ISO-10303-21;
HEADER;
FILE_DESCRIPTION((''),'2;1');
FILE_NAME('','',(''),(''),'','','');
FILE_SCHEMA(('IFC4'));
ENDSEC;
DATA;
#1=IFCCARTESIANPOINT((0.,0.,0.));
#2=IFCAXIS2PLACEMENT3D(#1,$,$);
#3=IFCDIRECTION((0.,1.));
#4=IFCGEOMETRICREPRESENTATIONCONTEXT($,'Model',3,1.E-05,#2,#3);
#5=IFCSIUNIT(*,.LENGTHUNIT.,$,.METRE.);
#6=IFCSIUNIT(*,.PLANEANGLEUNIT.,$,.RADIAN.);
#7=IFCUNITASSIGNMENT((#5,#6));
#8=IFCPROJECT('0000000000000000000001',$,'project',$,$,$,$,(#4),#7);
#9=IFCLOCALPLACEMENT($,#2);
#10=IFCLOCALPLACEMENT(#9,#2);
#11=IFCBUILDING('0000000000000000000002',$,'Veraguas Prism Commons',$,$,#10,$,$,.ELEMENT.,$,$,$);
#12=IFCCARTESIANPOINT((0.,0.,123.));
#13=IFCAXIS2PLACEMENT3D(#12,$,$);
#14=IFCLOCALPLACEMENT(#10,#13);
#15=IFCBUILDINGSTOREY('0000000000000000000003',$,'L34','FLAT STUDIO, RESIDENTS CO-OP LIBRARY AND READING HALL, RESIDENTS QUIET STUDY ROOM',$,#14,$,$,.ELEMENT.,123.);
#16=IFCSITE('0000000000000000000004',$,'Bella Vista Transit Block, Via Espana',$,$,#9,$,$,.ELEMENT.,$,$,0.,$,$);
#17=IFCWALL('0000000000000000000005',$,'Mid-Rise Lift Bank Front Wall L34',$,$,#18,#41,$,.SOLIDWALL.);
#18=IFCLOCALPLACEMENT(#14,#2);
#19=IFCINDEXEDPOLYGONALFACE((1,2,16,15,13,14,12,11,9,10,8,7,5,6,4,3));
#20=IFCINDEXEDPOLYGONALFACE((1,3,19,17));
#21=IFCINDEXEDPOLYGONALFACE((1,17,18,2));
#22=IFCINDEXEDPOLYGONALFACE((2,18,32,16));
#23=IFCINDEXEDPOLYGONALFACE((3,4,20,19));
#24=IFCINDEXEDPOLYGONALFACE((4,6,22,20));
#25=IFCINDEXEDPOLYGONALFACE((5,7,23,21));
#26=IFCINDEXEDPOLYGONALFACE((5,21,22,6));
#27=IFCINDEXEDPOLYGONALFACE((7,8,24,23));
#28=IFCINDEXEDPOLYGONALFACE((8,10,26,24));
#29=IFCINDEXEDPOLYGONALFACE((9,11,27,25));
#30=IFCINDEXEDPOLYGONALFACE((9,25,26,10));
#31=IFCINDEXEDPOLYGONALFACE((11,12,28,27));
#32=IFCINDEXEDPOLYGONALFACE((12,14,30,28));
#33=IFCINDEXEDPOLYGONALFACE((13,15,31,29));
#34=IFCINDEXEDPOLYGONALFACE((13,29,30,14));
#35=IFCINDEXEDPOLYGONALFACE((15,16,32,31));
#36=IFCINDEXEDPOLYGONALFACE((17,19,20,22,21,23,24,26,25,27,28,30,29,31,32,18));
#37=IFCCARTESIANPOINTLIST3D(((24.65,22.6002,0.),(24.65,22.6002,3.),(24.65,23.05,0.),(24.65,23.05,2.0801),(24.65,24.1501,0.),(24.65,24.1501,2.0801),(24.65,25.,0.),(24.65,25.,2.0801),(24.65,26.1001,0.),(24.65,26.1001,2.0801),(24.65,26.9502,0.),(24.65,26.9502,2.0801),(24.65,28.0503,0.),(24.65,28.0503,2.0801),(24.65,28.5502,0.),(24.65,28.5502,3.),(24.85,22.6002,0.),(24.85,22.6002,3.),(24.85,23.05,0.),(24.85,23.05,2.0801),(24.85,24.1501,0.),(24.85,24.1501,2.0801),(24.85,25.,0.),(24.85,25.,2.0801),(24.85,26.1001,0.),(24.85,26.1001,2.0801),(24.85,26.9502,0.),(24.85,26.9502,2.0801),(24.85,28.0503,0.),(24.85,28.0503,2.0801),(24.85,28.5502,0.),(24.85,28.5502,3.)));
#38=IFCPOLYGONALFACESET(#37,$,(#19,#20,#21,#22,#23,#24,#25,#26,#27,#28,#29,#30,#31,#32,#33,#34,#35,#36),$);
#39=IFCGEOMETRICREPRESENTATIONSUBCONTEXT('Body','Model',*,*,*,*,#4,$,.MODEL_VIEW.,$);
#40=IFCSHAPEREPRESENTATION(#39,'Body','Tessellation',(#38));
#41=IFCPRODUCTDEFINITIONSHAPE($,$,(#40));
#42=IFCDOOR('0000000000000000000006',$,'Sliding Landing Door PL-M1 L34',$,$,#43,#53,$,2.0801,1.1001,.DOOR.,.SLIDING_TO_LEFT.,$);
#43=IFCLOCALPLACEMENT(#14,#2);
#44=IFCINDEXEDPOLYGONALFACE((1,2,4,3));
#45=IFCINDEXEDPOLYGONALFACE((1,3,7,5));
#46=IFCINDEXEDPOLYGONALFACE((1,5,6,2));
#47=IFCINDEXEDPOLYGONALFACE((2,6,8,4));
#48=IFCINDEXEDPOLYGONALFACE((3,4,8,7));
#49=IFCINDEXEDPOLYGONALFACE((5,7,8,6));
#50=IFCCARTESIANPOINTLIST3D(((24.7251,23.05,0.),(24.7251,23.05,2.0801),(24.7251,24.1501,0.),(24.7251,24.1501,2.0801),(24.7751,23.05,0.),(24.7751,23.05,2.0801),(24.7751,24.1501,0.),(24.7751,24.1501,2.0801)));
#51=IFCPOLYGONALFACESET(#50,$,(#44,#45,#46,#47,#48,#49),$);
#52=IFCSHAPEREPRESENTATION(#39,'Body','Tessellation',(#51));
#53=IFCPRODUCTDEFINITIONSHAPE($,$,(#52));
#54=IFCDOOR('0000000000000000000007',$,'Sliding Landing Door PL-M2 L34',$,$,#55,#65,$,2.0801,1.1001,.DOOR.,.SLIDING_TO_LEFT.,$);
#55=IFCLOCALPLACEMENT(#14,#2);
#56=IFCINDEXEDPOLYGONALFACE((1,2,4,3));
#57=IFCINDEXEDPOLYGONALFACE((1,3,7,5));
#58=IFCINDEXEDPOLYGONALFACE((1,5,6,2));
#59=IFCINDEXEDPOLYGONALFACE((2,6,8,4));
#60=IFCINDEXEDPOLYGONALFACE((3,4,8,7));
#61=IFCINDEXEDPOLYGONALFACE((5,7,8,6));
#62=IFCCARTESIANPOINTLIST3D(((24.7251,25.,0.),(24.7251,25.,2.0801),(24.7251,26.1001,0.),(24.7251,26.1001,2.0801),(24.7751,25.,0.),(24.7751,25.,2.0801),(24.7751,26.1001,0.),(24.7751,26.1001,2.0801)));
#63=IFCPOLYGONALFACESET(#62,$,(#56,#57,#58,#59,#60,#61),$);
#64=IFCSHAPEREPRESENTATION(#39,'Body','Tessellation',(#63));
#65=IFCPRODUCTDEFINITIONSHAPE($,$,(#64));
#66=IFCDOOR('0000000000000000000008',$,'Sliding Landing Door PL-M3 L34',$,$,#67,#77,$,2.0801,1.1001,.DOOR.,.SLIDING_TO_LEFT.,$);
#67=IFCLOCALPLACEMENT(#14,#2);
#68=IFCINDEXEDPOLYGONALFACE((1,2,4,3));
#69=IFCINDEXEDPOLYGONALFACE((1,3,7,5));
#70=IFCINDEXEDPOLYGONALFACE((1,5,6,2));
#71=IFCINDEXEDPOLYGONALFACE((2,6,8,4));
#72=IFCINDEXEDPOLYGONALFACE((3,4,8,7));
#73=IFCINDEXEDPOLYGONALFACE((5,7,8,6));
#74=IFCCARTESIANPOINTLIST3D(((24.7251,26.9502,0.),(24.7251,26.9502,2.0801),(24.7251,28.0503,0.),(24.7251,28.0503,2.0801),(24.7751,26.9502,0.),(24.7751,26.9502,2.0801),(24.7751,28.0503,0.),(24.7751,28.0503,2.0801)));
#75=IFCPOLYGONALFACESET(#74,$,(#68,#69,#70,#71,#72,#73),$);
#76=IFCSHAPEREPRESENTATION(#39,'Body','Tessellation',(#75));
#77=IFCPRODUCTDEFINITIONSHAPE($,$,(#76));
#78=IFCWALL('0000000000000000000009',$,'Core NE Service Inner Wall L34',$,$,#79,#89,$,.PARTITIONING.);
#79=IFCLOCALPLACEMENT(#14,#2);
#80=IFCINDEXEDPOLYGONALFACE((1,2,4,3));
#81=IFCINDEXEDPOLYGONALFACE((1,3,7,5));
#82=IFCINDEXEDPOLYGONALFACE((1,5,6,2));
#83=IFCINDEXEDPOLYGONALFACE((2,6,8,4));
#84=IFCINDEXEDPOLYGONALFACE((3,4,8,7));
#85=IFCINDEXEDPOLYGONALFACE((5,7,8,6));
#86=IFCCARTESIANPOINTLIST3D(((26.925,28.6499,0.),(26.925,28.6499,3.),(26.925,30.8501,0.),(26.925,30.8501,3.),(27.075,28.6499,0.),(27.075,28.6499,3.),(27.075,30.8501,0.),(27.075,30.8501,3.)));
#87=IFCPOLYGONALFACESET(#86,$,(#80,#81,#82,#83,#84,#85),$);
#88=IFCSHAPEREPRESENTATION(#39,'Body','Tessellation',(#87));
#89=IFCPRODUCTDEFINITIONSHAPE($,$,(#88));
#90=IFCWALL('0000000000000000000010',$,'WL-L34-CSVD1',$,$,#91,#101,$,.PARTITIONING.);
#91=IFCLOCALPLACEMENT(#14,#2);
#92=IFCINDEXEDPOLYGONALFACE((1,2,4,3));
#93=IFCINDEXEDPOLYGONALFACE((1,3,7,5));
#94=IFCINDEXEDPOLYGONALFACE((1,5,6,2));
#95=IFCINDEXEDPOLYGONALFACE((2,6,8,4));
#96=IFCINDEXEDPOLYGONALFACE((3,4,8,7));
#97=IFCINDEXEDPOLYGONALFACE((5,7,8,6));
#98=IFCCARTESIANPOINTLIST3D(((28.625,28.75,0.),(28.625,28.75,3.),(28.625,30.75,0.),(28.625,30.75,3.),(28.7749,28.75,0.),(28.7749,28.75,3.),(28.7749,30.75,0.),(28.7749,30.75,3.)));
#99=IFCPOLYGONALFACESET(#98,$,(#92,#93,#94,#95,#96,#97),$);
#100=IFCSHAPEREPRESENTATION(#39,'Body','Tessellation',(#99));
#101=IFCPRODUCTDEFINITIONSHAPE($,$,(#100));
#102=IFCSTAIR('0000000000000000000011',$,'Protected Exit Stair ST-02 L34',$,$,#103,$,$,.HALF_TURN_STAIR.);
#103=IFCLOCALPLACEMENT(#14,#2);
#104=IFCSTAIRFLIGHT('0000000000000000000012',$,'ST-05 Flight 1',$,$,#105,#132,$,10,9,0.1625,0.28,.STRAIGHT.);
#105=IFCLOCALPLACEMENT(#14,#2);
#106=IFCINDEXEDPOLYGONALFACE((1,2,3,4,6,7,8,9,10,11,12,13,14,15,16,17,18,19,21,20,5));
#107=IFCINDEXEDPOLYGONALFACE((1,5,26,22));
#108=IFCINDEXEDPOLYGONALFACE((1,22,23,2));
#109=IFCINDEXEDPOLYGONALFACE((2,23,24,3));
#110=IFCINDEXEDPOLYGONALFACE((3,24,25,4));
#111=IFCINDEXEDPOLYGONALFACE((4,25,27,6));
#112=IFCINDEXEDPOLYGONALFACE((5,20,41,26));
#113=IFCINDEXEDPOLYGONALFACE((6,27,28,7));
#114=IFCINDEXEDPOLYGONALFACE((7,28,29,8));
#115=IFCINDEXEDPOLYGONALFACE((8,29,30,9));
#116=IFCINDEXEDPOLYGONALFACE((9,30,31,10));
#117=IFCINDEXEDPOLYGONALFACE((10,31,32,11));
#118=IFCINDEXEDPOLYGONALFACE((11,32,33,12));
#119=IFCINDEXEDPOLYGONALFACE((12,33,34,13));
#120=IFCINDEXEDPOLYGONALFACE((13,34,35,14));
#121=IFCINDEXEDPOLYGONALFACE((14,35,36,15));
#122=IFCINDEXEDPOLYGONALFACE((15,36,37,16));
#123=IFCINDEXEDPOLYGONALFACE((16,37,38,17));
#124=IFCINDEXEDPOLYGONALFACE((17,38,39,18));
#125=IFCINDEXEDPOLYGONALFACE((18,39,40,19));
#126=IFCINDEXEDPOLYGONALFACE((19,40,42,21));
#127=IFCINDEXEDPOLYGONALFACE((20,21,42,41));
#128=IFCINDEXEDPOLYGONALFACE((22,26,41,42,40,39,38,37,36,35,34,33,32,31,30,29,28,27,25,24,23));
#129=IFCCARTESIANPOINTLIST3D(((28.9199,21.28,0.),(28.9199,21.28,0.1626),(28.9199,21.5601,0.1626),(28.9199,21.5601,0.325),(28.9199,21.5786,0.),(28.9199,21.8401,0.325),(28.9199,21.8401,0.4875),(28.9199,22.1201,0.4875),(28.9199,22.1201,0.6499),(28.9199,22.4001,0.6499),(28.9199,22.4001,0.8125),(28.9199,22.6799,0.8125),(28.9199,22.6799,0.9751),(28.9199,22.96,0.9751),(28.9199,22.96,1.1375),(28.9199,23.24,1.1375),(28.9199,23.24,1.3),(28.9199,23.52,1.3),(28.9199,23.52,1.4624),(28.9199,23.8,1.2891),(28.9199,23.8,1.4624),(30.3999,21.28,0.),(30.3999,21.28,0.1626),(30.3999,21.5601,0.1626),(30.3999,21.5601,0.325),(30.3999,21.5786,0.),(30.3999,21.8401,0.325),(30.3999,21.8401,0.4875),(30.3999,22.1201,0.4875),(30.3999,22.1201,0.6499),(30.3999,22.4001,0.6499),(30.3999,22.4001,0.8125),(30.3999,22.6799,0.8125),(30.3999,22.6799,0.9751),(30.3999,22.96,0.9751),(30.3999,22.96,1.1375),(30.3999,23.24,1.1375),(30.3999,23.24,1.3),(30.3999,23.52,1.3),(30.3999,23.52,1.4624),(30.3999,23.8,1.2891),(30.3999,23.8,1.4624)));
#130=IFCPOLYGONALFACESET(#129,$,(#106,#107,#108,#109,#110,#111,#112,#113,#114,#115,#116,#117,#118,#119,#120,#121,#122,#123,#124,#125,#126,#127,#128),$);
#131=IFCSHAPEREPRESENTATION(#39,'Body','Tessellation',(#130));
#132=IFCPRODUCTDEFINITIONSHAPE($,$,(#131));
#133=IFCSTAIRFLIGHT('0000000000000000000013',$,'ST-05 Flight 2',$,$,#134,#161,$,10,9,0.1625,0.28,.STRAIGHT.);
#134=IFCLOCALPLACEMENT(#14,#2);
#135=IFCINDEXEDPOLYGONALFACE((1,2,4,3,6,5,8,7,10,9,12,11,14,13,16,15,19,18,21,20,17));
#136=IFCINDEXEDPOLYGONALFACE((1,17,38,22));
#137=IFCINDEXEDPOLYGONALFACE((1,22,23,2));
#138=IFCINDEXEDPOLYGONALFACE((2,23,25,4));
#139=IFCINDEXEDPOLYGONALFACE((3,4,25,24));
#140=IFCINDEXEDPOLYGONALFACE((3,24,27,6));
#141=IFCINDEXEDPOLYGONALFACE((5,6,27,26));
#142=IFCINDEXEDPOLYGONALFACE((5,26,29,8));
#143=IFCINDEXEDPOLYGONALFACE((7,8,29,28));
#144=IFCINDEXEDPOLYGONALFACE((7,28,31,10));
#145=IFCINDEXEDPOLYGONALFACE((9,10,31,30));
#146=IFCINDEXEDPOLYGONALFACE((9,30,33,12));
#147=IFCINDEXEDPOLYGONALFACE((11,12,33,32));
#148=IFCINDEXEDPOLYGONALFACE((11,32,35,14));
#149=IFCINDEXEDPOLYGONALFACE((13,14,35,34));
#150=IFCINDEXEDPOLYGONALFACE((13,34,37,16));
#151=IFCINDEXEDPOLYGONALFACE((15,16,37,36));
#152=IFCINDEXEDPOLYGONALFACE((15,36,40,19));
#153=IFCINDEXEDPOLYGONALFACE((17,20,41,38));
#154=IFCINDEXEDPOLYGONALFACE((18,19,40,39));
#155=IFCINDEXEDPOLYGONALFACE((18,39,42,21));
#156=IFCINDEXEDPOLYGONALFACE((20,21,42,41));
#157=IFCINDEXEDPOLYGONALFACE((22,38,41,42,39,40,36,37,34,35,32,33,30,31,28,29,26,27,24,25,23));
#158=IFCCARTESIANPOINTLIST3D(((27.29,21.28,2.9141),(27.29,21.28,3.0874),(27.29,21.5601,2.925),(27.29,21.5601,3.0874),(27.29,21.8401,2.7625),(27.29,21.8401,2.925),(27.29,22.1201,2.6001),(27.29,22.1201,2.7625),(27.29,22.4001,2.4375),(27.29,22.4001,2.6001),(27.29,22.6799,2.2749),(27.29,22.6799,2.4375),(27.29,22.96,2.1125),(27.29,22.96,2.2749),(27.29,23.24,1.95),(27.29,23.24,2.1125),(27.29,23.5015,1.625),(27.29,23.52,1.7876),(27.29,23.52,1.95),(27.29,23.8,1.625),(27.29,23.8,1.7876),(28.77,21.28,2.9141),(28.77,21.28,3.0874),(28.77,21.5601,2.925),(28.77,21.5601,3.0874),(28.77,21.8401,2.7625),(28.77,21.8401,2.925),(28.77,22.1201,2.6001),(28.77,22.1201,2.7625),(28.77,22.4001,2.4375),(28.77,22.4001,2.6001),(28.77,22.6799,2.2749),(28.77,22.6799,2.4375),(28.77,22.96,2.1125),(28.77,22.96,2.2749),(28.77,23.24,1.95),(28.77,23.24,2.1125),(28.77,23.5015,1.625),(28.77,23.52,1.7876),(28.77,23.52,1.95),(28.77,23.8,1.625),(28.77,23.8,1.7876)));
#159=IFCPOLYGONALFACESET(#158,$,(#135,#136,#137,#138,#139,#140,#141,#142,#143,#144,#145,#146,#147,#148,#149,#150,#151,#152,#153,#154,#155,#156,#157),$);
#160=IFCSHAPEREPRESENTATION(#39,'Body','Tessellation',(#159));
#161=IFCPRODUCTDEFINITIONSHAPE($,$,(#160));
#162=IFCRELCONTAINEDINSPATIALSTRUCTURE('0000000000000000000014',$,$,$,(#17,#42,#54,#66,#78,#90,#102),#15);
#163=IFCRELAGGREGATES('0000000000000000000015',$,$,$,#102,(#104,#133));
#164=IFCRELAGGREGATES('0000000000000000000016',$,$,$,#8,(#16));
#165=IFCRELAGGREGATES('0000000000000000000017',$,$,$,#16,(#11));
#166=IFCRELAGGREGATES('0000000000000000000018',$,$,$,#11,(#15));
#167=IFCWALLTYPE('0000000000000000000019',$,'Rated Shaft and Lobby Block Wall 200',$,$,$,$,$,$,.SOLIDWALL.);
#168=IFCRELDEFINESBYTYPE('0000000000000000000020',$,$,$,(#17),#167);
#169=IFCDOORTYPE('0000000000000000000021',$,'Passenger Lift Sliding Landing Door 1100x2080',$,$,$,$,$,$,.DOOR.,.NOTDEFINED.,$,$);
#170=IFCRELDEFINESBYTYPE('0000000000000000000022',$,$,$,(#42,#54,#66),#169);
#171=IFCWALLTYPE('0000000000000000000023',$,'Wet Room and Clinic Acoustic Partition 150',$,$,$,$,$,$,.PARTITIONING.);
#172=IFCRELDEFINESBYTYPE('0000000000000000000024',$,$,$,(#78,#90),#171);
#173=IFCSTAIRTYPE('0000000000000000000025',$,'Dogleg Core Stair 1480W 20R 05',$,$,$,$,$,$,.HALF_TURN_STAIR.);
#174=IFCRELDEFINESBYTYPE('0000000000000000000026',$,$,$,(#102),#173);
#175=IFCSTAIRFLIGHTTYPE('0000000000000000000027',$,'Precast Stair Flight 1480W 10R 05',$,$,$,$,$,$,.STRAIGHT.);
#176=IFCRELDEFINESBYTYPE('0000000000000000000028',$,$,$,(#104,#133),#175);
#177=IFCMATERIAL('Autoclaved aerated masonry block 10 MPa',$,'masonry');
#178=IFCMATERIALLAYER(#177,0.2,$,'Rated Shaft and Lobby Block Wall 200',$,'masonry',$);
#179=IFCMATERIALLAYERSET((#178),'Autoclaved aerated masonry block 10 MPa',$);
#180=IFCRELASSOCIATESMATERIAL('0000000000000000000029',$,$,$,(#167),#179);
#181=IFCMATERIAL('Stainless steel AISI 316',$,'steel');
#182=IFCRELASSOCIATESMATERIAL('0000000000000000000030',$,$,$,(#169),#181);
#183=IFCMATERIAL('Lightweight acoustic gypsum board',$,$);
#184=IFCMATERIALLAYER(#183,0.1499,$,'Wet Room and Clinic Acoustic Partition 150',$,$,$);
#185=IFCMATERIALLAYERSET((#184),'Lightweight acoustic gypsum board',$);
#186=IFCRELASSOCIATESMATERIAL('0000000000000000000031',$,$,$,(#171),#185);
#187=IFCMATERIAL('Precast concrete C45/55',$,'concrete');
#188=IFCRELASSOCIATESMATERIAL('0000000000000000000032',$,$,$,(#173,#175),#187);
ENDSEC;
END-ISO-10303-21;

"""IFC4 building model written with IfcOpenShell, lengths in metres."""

from ifc_helpers import new_model, si_unit, direction, frame, frame_2d, origin, place, context, subcontext, project, spatial, polyline, rectangle, outline, extrude, source, transform, mapped, material, layer, layer_set, type_object, element, fill, aggregate, save


model = new_model("IFC4")

# Units and contexts
model_context = context("Model", 3, precision=1e-05, world=origin(), true_north=direction((0.0, 1.0)))
body_context = subcontext(model_context, "Body", "Model", "MODEL_VIEW")
ifc_project = project(units=[si_unit("LENGTHUNIT", "METRE"), si_unit("PLANEANGLEUNIT", "RADIAN")], contexts=[model_context])

# Site, building, storey
site_placement = place(None, origin())
site = spatial("IfcSite", under=ifc_project, at=site_placement, Name="Bella Vista Transit Block, Via Espana", CompositionType="ELEMENT", RefElevation=0.0)
building_placement = place(site_placement, origin())
building = spatial("IfcBuilding", under=site, at=building_placement, Name="Veraguas Prism Commons", CompositionType="ELEMENT")
storey_placement = place(building_placement, frame((0.0, 0.0, 123.0)))
storey = spatial("IfcBuildingStorey", under=building, at=storey_placement, Name="L34", Description="FLAT STUDIO, RESIDENTS CO-OP LIBRARY AND READING HALL, RESIDENTS QUIET STUDY ROOM", CompositionType="ELEMENT", Elevation=123.0)

# Shared definitions
ifc_material_1 = material(Name="Autoclaved aerated masonry block 10 MPa", Category="masonry")

# Shared definitions
ifc_material_2 = material(Name="Lightweight acoustic gypsum board")
ifc_layer_1 = layer(ifc_material_1, 0.2, Name="Rated Shaft and Lobby Block Wall 200", Category="masonry")
ifc_layer_set_1 = layer_set([ifc_layer_1], Name="Autoclaved aerated masonry block 10 MPa")
wall_type_1 = type_object("IfcWallType", Name="Rated Shaft and Lobby Block Wall 200", PredefinedType="SOLIDWALL", material=ifc_layer_set_1)

# Wall, openings, doors
wall_1_placement = place(storey_placement, frame((24.75, 22.6001, 0.0), z_axis=(0.0, 0.0, 1.0), x_axis=(0.0, 1.0, 0.0)))
wall_1 = element("IfcWall", 1, at=wall_1_placement, inside=storey, type_object=wall_type_1, Name="Mid-Rise Lift Bank Front Wall L34", PredefinedType="SOLIDWALL", context=body_context, shape_type="SweptSolid", body=[
    extrude(rectangle(XDim=5.95, YDim=0.2, at=frame_2d((2.9751, 0.0))), origin(), (0.0, 0.0, 1.0), 3.0),
])
opening_1_placement = place(wall_1_placement, frame((0.45, 0.0, 0.0)))
opening_1 = element("IfcOpeningElement", 2, at=opening_1_placement, cuts=wall_1, PredefinedType="OPENING", context=body_context, shape_type="SweptSolid", body=[
    extrude(rectangle(XDim=1.1001, YDim=2.0801, at=frame_2d((0.55, 1.04))), frame((0.0, 0.1099, 0.0), z_axis=(0.0, -1.0, 0.0), x_axis=(1.0, 0.0, 0.0)), (0.0, 0.0, 1.0), 0.22),
])
opening_2_placement = place(wall_1_placement, frame((2.3999, 0.0, 0.0)))
opening_2 = element("IfcOpeningElement", 3, at=opening_2_placement, cuts=wall_1, PredefinedType="OPENING", context=body_context, shape_type="SweptSolid", body=[
    extrude(rectangle(XDim=1.1001, YDim=2.0801, at=frame_2d((0.55, 1.04))), frame((0.0, 0.1099, 0.0), z_axis=(0.0, -1.0, 0.0), x_axis=(1.0, 0.0, 0.0)), (0.0, 0.0, 1.0), 0.22),
])
opening_3_placement = place(wall_1_placement, frame((4.3501, 0.0, 0.0)))
opening_3 = element("IfcOpeningElement", 4, at=opening_3_placement, cuts=wall_1, PredefinedType="OPENING", context=body_context, shape_type="SweptSolid", body=[
    extrude(rectangle(XDim=1.1001, YDim=2.0801, at=frame_2d((0.55, 1.04))), frame((0.0, 0.1099, 0.0), z_axis=(0.0, -1.0, 0.0), x_axis=(1.0, 0.0, 0.0)), (0.0, 0.0, 1.0), 0.22),
])
ifc_material_3 = material(Name="Stainless steel AISI 316", Category="steel")
door_type_1 = type_object("IfcDoorType", Name="Passenger Lift Sliding Landing Door 1100x2080", OperationType="NOTDEFINED", PredefinedType="DOOR", material=ifc_material_3)
shared_shape_1 = source(origin(), body_context, "Body", "SweptSolid", [
    extrude(rectangle(XDim=1.1001, YDim=2.0801, at=frame_2d((0.55, 1.04))), frame((0.0, 0.0249, 0.0), z_axis=(0.0, -1.0, 0.0), x_axis=(1.0, 0.0, 0.0)), (0.0, 0.0, 1.0), 0.05),
])
door_1_placement = place(opening_1_placement, origin())
door_1 = element("IfcDoor", 5, at=door_1_placement, inside=storey, type_object=door_type_1, Name="Sliding Landing Door PL-M1 L34", OperationType="SLIDING_TO_LEFT", OverallHeight=2.0801, OverallWidth=1.1001, PredefinedType="DOOR", context=body_context, shape_type="MappedRepresentation", body=[
    mapped(shared_shape_1, transform((0.0, 0.0, 0.0), scale=1.0)),
])
fill(opening_1, door_1)
door_2_placement = place(opening_2_placement, origin())
door_2 = element("IfcDoor", 6, at=door_2_placement, inside=storey, type_object=door_type_1, Name="Sliding Landing Door PL-M2 L34", OperationType="SLIDING_TO_LEFT", OverallHeight=2.0801, OverallWidth=1.1001, PredefinedType="DOOR", context=body_context, shape_type="MappedRepresentation", body=[
    mapped(shared_shape_1, transform((0.0, 0.0, 0.0), scale=1.0)),
])
fill(opening_2, door_2)
door_3_placement = place(opening_3_placement, origin())
door_3 = element("IfcDoor", 7, at=door_3_placement, inside=storey, type_object=door_type_1, Name="Sliding Landing Door PL-M3 L34", OperationType="SLIDING_TO_LEFT", OverallHeight=2.0801, OverallWidth=1.1001, PredefinedType="DOOR", context=body_context, shape_type="MappedRepresentation", body=[
    mapped(shared_shape_1, transform((0.0, 0.0, 0.0), scale=1.0)),
])
fill(opening_3, door_3)

# Walls
ifc_layer_2 = layer(ifc_material_2, 0.1499, Name="Wet Room and Clinic Acoustic Partition 150")
ifc_layer_set_2 = layer_set([ifc_layer_2], Name="Lightweight acoustic gypsum board")
wall_type_2 = type_object("IfcWallType", Name="Wet Room and Clinic Acoustic Partition 150", PredefinedType="PARTITIONING", material=ifc_layer_set_2)
wall_2_placement = place(storey_placement, frame((27.0, 28.6499, 0.0), z_axis=(0.0, 0.0, 1.0), x_axis=(0.0, 1.0, 0.0)))
element("IfcWall", 8, at=wall_2_placement, inside=storey, type_object=wall_type_2, Name="Core NE Service Inner Wall L34", PredefinedType="PARTITIONING", context=body_context, shape_type="SweptSolid", body=[
    extrude(rectangle(XDim=2.2002, YDim=0.1499, at=frame_2d((1.1001, 0.0))), origin(), (0.0, 0.0, 1.0), 3.0),
])
wall_3_placement = place(storey_placement, frame((28.7, 28.75, 0.0), z_axis=(0.0, 0.0, 1.0), x_axis=(0.0, 1.0, 0.0)))
element("IfcWall", 9, at=wall_3_placement, inside=storey, type_object=wall_type_2, Name="WL-L34-CSVD1", PredefinedType="PARTITIONING", context=body_context, shape_type="SweptSolid", body=[
    extrude(rectangle(XDim=2.0, YDim=0.1499, at=frame_2d((1.0, 0.0))), origin(), (0.0, 0.0, 1.0), 3.0),
])

# Stair, stair flights
ifc_material_4 = material(Name="Precast concrete C45/55", Category="concrete")
stair_type = type_object("IfcStairType", Name="Dogleg Core Stair 1480W 20R 05", PredefinedType="HALF_TURN_STAIR", material=ifc_material_4)
stair_placement = place(storey_placement, origin())
stair = element("IfcStair", 10, at=stair_placement, inside=storey, type_object=stair_type, Name="Protected Exit Stair ST-02 L34", PredefinedType="HALF_TURN_STAIR")
stair_flight_type = type_object("IfcStairFlightType", Name="Precast Stair Flight 1480W 10R 05", PredefinedType="STRAIGHT", material=ifc_material_4)
stair_flight_1_placement = place(storey_placement, frame((29.6599, 21.28, 0.0), z_axis=(0.0, 0.0, 1.0), x_axis=(0.0, 1.0, 0.0)))
stair_flight_1 = element("IfcStairFlight", 11, at=stair_flight_1_placement, type_object=stair_flight_type, Name="ST-05 Flight 1", NumberOfRisers=10, NumberOfTreads=9, PredefinedType="STRAIGHT", RiserHeight=0.1625, TreadLength=0.28, context=body_context, shape_type="SweptSolid", body=[
    extrude(outline(polyline([(0.0, 0.0), (0.0, 0.1626), (0.28, 0.1626), (0.28, 0.325), (0.5601, 0.325), (0.5601, 0.4875), (0.8401, 0.4875), (0.8401, 0.6499), (1.1201, 0.6499), (1.1201, 0.8125), (1.3999, 0.8125), (1.3999, 0.9751), (1.6799, 0.9751), (1.6799, 1.1375), (1.96, 1.1375), (1.96, 1.3), (2.24, 1.3), (2.24, 1.4624), (2.52, 1.4624), (2.52, 1.625), (2.52, 1.2891), (0.2986, 0.0), (0.0, 0.0)])), frame((0.0, 0.74, 0.0), z_axis=(0.0, -1.0, 0.0), x_axis=(1.0, 0.0, 0.0)), (0.0, 0.0, 1.0), 1.48),
])
stair_flight_2_placement = place(storey_placement, frame((28.03, 23.8, 1.625), z_axis=(0.0, 0.0, 1.0), x_axis=(0.0, -1.0, 0.0)))
stair_flight_2 = element("IfcStairFlight", 12, at=stair_flight_2_placement, type_object=stair_flight_type, Name="ST-05 Flight 2", NumberOfRisers=10, NumberOfTreads=9, PredefinedType="STRAIGHT", RiserHeight=0.1625, TreadLength=0.28, context=body_context, shape_type="SweptSolid", body=[
    extrude(outline(polyline([(0.0, 0.0), (0.0, 0.1626), (0.28, 0.1626), (0.28, 0.325), (0.5601, 0.325), (0.5601, 0.4875), (0.8401, 0.4875), (0.8401, 0.6499), (1.1201, 0.6499), (1.1201, 0.8125), (1.3999, 0.8125), (1.3999, 0.9751), (1.6799, 0.9751), (1.6799, 1.1375), (1.96, 1.1375), (1.96, 1.3), (2.24, 1.3), (2.24, 1.4624), (2.52, 1.4624), (2.52, 1.625), (2.52, 1.2891), (0.2986, 0.0), (0.0, 0.0)])), frame((0.0, 0.74, 0.0), z_axis=(0.0, -1.0, 0.0), x_axis=(1.0, 0.0, 0.0)), (0.0, 0.0, 1.0), 1.48),
])
aggregate(stair, [stair_flight_1, stair_flight_2])

save(model, "model.ifc")
